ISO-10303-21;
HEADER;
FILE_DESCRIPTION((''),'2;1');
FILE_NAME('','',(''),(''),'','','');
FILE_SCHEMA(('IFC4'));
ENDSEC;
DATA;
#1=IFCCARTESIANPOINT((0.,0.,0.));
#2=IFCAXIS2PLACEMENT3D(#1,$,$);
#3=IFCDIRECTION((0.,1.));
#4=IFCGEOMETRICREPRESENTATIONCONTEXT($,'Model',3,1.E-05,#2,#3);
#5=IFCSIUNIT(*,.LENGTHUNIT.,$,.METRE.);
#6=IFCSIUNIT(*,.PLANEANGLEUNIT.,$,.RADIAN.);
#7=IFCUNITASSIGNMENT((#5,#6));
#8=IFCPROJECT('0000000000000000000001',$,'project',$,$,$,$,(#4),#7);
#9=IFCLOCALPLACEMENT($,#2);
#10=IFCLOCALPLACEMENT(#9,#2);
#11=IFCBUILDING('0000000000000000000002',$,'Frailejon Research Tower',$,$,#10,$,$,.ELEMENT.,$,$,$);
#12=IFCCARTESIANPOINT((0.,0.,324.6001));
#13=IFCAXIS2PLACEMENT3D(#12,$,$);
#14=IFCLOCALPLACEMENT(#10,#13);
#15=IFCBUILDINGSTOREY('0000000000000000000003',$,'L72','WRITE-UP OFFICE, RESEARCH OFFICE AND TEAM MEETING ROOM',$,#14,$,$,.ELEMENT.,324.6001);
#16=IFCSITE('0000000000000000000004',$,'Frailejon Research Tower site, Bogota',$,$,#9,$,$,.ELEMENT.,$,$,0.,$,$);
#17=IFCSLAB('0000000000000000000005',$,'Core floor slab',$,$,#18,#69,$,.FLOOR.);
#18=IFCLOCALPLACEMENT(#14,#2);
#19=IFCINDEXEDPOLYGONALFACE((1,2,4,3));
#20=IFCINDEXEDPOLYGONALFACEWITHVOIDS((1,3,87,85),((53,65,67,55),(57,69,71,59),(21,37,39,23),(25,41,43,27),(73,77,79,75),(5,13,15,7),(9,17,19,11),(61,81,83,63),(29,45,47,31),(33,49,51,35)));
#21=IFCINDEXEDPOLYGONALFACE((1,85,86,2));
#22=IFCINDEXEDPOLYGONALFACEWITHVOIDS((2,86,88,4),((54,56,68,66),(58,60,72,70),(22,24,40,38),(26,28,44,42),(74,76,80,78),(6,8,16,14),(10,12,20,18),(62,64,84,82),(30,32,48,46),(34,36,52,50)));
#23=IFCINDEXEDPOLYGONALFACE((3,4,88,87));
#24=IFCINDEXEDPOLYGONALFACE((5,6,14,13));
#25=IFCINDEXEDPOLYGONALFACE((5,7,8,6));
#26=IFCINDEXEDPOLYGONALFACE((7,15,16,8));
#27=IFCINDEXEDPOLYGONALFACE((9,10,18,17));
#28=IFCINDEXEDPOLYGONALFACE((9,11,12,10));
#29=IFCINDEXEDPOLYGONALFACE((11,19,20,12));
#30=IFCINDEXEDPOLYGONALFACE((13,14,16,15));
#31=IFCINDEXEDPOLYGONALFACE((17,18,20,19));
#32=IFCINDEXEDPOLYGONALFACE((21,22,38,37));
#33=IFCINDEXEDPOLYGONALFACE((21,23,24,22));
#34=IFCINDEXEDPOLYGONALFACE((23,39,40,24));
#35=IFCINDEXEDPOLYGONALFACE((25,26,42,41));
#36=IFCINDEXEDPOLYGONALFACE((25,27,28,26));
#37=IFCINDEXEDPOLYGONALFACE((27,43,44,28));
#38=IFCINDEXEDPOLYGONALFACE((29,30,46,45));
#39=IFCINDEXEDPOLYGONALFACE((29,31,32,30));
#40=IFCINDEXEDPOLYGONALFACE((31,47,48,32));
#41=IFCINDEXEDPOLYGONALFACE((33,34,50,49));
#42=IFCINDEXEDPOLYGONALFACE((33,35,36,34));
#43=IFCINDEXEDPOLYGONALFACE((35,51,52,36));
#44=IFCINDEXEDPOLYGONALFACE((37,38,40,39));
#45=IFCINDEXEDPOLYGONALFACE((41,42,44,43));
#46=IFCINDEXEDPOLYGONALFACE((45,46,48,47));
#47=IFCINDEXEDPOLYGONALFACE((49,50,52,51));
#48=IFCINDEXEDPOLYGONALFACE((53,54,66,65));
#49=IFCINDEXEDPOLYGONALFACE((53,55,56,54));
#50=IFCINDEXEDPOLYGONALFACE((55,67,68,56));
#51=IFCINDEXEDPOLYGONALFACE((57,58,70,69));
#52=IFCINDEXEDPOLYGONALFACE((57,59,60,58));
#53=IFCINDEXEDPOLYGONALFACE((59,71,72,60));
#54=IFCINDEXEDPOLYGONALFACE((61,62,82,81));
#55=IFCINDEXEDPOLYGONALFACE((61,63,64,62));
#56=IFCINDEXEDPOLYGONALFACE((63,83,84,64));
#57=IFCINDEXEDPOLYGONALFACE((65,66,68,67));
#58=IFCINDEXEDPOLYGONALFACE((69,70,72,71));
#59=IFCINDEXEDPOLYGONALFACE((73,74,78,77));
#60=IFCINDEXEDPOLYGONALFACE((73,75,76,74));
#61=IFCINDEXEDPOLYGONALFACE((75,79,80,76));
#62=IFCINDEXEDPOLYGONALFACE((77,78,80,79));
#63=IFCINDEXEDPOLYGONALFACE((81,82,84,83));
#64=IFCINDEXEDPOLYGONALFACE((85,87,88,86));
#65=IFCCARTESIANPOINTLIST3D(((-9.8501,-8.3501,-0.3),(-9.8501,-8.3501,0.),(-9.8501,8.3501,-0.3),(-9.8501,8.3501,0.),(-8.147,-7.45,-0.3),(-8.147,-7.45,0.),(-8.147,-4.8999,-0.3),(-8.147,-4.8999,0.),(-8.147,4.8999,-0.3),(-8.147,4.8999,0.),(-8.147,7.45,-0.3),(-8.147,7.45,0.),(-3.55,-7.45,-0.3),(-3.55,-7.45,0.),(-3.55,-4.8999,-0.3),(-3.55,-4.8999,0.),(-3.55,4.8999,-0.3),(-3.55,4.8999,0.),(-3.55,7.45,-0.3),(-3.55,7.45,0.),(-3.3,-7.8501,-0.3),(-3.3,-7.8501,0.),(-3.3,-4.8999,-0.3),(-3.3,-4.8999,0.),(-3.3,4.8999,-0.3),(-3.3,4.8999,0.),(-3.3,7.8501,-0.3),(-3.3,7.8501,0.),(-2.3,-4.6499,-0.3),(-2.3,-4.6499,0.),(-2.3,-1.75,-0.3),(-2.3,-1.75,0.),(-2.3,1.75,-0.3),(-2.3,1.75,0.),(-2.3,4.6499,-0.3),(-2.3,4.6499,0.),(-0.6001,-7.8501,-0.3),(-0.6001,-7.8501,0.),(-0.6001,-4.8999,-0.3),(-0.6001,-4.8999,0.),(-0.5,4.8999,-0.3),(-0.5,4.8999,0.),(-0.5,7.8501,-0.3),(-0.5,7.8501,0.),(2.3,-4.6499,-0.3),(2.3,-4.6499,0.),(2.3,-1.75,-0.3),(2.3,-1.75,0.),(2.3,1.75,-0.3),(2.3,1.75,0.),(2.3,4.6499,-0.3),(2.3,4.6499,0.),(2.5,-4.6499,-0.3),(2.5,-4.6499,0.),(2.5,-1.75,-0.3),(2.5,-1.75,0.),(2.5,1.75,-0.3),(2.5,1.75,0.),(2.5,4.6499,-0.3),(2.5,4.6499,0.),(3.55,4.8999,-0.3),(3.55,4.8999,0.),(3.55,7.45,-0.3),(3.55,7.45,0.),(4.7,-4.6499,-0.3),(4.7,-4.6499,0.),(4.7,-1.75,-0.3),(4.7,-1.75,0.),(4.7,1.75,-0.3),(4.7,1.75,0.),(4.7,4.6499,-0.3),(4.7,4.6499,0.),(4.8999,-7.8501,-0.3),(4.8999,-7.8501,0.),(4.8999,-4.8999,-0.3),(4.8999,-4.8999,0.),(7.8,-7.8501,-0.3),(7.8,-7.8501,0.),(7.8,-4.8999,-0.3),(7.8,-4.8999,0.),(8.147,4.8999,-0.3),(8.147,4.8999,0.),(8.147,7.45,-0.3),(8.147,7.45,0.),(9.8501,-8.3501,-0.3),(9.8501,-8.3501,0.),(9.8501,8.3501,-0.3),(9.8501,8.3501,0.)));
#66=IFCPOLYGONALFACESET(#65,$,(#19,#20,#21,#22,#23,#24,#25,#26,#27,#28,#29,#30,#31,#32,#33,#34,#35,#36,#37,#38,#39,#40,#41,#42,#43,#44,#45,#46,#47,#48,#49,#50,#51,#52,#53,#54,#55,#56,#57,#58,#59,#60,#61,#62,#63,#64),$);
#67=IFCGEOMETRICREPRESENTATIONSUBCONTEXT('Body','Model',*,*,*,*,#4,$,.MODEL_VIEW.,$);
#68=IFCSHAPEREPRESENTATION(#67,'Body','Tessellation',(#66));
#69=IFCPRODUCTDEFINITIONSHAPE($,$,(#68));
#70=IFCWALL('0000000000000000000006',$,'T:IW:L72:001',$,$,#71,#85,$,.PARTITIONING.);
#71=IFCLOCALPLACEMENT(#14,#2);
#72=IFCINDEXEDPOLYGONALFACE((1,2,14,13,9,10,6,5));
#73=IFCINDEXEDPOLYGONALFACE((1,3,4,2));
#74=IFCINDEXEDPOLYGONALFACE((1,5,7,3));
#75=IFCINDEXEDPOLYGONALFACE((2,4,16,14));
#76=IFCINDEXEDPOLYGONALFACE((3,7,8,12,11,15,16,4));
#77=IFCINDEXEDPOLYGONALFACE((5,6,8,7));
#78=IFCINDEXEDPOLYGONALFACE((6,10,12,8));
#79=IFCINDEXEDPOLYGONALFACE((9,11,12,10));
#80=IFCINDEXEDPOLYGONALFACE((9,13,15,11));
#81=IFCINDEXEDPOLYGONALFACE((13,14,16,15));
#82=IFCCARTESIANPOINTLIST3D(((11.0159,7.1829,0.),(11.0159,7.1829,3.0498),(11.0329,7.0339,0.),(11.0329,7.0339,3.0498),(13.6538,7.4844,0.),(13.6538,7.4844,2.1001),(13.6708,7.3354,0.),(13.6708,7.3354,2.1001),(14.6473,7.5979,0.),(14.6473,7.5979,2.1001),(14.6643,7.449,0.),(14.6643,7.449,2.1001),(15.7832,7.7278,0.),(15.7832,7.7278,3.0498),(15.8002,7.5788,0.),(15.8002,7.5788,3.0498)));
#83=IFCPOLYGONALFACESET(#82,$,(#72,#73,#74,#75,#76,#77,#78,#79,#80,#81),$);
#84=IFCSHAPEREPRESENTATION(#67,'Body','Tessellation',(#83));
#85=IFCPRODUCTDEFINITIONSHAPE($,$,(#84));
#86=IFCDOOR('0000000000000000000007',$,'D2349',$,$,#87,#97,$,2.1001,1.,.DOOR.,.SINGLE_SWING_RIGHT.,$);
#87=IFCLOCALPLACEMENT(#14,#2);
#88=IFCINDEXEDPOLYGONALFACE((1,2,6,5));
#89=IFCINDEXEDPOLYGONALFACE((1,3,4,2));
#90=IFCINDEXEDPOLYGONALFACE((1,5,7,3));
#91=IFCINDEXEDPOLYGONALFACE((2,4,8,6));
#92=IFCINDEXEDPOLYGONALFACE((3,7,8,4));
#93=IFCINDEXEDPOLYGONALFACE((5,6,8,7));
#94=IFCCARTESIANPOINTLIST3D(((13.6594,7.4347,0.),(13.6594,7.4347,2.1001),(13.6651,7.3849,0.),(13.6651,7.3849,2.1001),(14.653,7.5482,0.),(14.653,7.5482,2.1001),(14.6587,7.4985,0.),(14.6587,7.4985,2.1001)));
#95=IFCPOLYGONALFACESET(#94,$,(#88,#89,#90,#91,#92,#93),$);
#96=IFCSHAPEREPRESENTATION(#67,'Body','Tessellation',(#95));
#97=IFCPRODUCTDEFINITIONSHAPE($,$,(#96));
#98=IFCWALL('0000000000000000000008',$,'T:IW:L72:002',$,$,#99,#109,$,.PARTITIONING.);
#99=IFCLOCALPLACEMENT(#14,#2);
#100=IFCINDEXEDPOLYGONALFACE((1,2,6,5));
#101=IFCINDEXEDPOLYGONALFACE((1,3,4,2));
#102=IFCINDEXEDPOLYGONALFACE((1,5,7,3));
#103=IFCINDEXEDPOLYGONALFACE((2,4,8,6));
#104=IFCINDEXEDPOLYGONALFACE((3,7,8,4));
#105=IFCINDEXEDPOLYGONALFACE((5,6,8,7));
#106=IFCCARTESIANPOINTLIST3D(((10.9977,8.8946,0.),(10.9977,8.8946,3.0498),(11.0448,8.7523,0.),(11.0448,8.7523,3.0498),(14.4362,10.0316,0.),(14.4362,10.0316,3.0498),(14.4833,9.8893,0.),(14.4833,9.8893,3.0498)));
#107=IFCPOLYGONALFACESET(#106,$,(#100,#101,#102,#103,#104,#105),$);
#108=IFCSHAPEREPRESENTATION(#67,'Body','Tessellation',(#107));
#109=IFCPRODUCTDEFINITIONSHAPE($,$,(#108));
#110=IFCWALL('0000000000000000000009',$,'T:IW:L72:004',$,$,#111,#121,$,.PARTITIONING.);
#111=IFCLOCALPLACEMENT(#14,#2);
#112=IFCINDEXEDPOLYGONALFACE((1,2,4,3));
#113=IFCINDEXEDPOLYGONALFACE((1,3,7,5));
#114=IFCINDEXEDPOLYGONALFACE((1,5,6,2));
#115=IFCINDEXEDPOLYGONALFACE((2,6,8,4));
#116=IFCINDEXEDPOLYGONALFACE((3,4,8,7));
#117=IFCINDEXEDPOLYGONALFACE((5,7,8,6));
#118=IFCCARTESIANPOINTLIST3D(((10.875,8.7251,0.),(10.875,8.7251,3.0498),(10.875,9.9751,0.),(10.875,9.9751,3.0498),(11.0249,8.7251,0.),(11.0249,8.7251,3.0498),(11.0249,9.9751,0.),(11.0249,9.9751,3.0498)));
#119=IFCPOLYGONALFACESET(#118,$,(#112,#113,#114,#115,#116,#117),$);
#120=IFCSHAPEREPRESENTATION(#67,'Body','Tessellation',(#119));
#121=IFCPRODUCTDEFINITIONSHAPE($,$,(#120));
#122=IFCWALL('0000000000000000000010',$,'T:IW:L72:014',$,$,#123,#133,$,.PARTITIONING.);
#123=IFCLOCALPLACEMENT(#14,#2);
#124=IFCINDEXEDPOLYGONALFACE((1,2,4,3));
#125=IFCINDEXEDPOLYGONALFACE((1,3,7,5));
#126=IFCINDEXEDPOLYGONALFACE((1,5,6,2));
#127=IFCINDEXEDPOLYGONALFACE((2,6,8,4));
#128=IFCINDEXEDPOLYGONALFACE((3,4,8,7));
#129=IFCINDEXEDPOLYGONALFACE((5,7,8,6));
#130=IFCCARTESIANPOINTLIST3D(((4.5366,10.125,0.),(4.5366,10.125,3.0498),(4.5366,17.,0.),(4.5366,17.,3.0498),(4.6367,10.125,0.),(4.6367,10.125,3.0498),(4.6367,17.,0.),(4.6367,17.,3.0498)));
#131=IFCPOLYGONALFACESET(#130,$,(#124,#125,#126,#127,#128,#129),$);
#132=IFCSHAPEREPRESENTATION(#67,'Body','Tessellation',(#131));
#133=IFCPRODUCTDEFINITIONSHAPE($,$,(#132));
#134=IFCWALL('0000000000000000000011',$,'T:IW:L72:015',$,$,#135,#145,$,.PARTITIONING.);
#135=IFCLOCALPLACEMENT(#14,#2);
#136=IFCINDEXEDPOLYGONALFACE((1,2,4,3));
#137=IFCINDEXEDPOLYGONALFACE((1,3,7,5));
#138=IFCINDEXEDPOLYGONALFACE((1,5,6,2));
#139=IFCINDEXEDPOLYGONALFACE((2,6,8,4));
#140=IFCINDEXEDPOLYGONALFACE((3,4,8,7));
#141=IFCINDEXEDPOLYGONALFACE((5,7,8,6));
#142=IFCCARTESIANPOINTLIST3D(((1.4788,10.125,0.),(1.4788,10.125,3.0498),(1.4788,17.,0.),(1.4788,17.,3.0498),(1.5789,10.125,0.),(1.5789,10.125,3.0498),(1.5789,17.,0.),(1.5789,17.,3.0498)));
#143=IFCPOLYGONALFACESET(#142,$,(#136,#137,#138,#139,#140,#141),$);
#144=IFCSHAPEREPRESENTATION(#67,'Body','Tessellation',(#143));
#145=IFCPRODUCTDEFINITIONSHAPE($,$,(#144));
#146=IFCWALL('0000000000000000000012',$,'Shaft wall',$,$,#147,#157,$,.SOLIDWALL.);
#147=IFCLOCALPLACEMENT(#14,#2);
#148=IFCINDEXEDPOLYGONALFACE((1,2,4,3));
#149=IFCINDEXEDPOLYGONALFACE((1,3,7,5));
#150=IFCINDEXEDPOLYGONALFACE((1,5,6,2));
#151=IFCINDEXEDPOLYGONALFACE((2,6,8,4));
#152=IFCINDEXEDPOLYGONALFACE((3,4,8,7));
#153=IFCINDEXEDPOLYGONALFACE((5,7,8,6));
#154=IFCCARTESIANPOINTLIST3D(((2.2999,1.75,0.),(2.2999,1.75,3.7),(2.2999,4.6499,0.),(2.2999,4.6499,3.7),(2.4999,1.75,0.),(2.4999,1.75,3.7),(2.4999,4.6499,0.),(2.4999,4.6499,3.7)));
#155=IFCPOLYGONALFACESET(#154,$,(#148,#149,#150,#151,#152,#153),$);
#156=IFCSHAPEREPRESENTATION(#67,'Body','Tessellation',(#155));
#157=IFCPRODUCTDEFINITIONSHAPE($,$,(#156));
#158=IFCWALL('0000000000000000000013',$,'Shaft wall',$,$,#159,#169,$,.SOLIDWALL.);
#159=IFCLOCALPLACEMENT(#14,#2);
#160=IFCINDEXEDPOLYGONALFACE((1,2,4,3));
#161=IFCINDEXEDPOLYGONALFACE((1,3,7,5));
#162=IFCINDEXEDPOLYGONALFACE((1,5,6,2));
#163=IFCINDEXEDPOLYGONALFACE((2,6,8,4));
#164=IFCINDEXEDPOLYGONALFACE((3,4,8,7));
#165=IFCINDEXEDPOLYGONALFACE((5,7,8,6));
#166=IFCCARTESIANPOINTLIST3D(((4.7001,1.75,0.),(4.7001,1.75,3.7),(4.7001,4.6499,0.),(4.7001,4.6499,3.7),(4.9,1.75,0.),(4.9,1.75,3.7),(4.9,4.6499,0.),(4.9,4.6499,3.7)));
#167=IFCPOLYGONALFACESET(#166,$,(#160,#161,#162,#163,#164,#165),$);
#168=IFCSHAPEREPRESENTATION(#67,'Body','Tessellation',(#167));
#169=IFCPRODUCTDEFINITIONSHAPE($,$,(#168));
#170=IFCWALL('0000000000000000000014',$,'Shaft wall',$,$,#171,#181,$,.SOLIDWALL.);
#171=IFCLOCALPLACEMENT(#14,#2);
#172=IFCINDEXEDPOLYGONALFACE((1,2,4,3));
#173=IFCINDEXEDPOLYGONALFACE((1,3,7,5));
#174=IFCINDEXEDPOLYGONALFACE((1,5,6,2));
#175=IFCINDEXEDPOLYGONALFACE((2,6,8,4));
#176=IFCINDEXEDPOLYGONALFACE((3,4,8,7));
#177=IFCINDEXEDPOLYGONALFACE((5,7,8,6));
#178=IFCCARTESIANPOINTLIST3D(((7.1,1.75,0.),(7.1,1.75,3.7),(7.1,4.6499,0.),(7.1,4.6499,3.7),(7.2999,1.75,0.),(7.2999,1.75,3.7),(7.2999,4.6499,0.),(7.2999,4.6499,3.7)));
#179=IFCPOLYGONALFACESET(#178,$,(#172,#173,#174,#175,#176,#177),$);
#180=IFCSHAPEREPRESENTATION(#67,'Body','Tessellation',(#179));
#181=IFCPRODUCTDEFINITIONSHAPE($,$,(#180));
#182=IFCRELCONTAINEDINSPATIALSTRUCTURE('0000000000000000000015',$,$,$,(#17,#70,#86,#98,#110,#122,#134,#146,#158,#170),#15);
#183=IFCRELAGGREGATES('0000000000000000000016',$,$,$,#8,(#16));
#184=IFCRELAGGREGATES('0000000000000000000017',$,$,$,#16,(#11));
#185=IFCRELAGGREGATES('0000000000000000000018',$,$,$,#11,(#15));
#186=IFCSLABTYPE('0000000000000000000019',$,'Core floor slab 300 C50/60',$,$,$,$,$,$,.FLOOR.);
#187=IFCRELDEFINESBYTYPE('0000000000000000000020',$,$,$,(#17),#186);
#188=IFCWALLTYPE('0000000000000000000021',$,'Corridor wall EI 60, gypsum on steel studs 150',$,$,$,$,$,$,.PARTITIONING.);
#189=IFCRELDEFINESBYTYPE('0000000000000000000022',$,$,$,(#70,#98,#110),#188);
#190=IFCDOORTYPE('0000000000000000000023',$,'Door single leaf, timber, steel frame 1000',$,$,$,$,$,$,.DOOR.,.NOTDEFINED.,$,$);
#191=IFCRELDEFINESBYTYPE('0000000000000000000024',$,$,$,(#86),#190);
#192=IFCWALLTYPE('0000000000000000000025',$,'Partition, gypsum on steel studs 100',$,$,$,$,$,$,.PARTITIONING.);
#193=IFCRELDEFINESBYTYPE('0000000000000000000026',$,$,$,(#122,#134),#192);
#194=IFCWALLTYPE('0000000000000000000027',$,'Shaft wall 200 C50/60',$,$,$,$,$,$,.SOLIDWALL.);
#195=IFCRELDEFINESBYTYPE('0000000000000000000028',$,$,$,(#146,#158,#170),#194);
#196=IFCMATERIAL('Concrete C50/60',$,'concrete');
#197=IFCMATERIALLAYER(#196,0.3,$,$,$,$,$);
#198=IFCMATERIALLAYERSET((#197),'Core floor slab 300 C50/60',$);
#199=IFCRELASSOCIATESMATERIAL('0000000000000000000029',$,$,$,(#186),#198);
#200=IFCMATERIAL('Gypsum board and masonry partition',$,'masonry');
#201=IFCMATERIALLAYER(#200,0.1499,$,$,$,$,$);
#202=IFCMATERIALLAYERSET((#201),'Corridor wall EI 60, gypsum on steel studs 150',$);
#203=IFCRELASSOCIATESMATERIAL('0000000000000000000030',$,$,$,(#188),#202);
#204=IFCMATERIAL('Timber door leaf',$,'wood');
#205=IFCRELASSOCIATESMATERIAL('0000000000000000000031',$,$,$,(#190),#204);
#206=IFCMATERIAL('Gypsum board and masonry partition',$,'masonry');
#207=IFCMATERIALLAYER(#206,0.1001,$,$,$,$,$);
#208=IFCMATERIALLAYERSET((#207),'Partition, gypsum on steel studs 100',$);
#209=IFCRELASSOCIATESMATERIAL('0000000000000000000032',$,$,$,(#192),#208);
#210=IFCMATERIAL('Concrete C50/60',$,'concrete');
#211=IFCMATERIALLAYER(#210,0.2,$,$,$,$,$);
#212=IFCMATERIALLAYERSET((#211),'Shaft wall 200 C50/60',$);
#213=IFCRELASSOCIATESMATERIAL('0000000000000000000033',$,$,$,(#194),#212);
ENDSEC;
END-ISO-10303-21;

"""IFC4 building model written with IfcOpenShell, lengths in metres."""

from ifc_helpers import new_model, si_unit, direction, frame, frame_2d, origin, place, context, subcontext, project, spatial, polyline, rectangle, outline, extrude, material, layer, layer_set, type_object, element, fill, save


model = new_model("IFC4")

# Units and contexts
model_context = context("Model", 3, precision=1e-05, world=origin(), true_north=direction((0.0, 1.0)))
body_context = subcontext(model_context, "Body", "Model", "MODEL_VIEW")
ifc_project = project(units=[si_unit("LENGTHUNIT", "METRE"), si_unit("PLANEANGLEUNIT", "RADIAN")], contexts=[model_context])

# Site, building, storey
site_placement = place(None, origin())
site = spatial("IfcSite", under=ifc_project, at=site_placement, Name="Frailejon Research Tower site, Bogota", CompositionType="ELEMENT", RefElevation=0.0)
building_placement = place(site_placement, origin())
building = spatial("IfcBuilding", under=site, at=building_placement, Name="Frailejon Research Tower", CompositionType="ELEMENT")
storey_placement = place(building_placement, frame((0.0, 0.0, 324.6001)))
storey = spatial("IfcBuildingStorey", under=building, at=storey_placement, Name="L72", Description="WRITE-UP OFFICE, RESEARCH OFFICE AND TEAM MEETING ROOM", CompositionType="ELEMENT", Elevation=324.6001)

# Slab
ifc_material_1 = material(Name="Concrete C50/60", Category="concrete")
ifc_layer_1 = layer(ifc_material_1, 0.3)
ifc_layer_set_1 = layer_set([ifc_layer_1], Name="Core floor slab 300 C50/60")
slab_type = type_object("IfcSlabType", Name="Core floor slab 300 C50/60", PredefinedType="FLOOR", material=ifc_layer_set_1)
slab_placement = place(storey_placement, frame((0.0, 0.0, -0.3)))
element("IfcSlab", 1, at=slab_placement, inside=storey, type_object=slab_type, Name="Core floor slab", PredefinedType="FLOOR", context=body_context, shape_type="SweptSolid", body=[
    extrude(outline(polyline([(9.8501, -8.3501), (9.8501, 8.3501), (-9.8501, 8.3501), (-9.8501, -8.3501), (9.8501, -8.3501)]), holes=[polyline([(2.3, 1.75), (2.3, 4.6499), (-2.3, 4.6499), (-2.3, 1.75), (2.3, 1.75)]), polyline([(4.7, 1.75), (4.7, 4.6499), (2.5, 4.6499), (2.5, 1.75), (4.7, 1.75)]), polyline([(2.3, -4.6499), (2.3, -1.75), (-2.3, -1.75), (-2.3, -4.6499), (2.3, -4.6499)]), polyline([(4.7, -4.6499), (4.7, -1.75), (2.5, -1.75), (2.5, -4.6499), (4.7, -4.6499)]), polyline([(-8.147, 4.8999), (-3.55, 4.8999), (-3.55, 7.45), (-8.147, 7.45), (-8.147, 4.8999)]), polyline([(-8.147, -7.45), (-3.55, -7.45), (-3.55, -4.8999), (-8.147, -4.8999), (-8.147, -7.45)]), polyline([(8.147, 7.45), (3.55, 7.45), (3.55, 4.8999), (8.147, 4.8999), (8.147, 7.45)]), polyline([(-0.6001, -7.8501), (-0.6001, -4.8999), (-3.3, -4.8999), (-3.3, -7.8501), (-0.6001, -7.8501)]), polyline([(7.8, -7.8501), (7.8, -4.8999), (4.8999, -4.8999), (4.8999, -7.8501), (7.8, -7.8501)]), polyline([(-0.5, 4.8999), (-0.5, 7.8501), (-3.3, 7.8501), (-3.3, 4.8999), (-0.5, 4.8999)])]), origin(), (0.0, 0.0, 1.0), 0.3),
])

# Wall, opening, door
ifc_material_2 = material(Name="Gypsum board and masonry partition", Category="masonry")
ifc_layer_2 = layer(ifc_material_2, 0.1499)
ifc_layer_set_2 = layer_set([ifc_layer_2], Name="Corridor wall EI 60, gypsum on steel studs 150")
wall_type_1 = type_object("IfcWallType", Name="Corridor wall EI 60, gypsum on steel studs 150", PredefinedType="PARTITIONING", material=ifc_layer_set_2)
wall_1_placement = place(storey_placement, frame((11.0244, 7.1084, 0.0), z_axis=(0.0, 0.0, 1.0), x_axis=(0.993531, 0.113564, 0.0)))
wall_1 = element("IfcWall", 2, at=wall_1_placement, inside=storey, type_object=wall_type_1, Name="T:IW:L72:001", PredefinedType="PARTITIONING", context=body_context, shape_type="SweptSolid", body=[
    extrude(rectangle(XDim=4.7983, YDim=0.1499, at=frame_2d((2.3992, 0.0))), origin(), (0.0, 0.0, 1.0), 3.0498),
])
opening_1_placement = place(wall_1_placement, frame((2.655, 0.0, 0.0)))
opening_1 = element("IfcOpeningElement", 3, at=opening_1_placement, cuts=wall_1, PredefinedType="OPENING", context=body_context, shape_type="SweptSolid", body=[
    extrude(rectangle(XDim=1.0, YDim=2.1001, at=frame_2d((0.5, 1.05))), frame((0.0, 0.085, 0.0), z_axis=(0.0, -1.0, 0.0), x_axis=(1.0, 0.0, 0.0)), (0.0, 0.0, 1.0), 0.1699),
])
ifc_material_3 = material(Name="Timber door leaf", Category="wood")
door_type_1 = type_object("IfcDoorType", Name="Door single leaf, timber, steel frame 1000", OperationType="NOTDEFINED", PredefinedType="DOOR", material=ifc_material_3)
door_1_placement = place(opening_1_placement, origin())
door_1 = element("IfcDoor", 4, at=door_1_placement, inside=storey, type_object=door_type_1, Name="D2349", OperationType="SINGLE_SWING_RIGHT", OverallHeight=2.1001, OverallWidth=1.0, PredefinedType="DOOR", context=body_context, shape_type="SweptSolid", body=[
    extrude(rectangle(XDim=1.0, YDim=2.1001, at=frame_2d((0.5, 1.05))), frame((0.0, 0.0249, 0.0), z_axis=(0.0, -1.0, 0.0), x_axis=(1.0, 0.0, 0.0)), (0.0, 0.0, 1.0), 0.05),
])
fill(opening_1, door_1)

# Walls
wall_2_placement = place(storey_placement, frame((11.0212, 8.8235, 0.0), z_axis=(0.0, 0.0, 1.0), x_axis=(0.949442, 0.313942, 0.0)))
element("IfcWall", 5, at=wall_2_placement, inside=storey, type_object=wall_type_1, Name="T:IW:L72:002", PredefinedType="PARTITIONING", context=body_context, shape_type="SweptSolid", body=[
    extrude(rectangle(XDim=3.6216, YDim=0.1499, at=frame_2d((1.8108, 0.0))), origin(), (0.0, 0.0, 1.0), 3.0498),
])
wall_3_placement = place(storey_placement, frame((10.95, 8.7251, 0.0), z_axis=(0.0, 0.0, 1.0), x_axis=(0.0, 1.0, 0.0)))
element("IfcWall", 6, at=wall_3_placement, inside=storey, type_object=wall_type_1, Name="T:IW:L72:004", PredefinedType="PARTITIONING", context=body_context, shape_type="SweptSolid", body=[
    extrude(rectangle(XDim=1.25, YDim=0.1499, at=frame_2d((0.625, 0.0))), origin(), (0.0, 0.0, 1.0), 3.0498),
])
ifc_material_4 = material(Name="Gypsum board and masonry partition", Category="masonry")
ifc_layer_3 = layer(ifc_material_4, 0.1001)
ifc_layer_set_3 = layer_set([ifc_layer_3], Name="Partition, gypsum on steel studs 100")
wall_type_2 = type_object("IfcWallType", Name="Partition, gypsum on steel studs 100", PredefinedType="PARTITIONING", material=ifc_layer_set_3)
for number, where, z_axis, x_axis, name in (
    (7, (4.5867, 10.125, 0.0), (0.0, 0.0, 1.0), (0.0, 1.0, 0.0), "T:IW:L72:014"),
    (8, (1.5288, 10.125, 0.0), (0.0, 0.0, 1.0), (0.0, 1.0, 0.0), "T:IW:L72:015"),
):
    element("IfcWall", number, at=place(storey_placement, frame(where, z_axis=z_axis, x_axis=x_axis)), inside=storey, type_object=wall_type_2, Name=name, PredefinedType="PARTITIONING", context=body_context, shape_type="SweptSolid", body=[
        extrude(rectangle(XDim=6.875, YDim=0.1001, at=frame_2d((3.4375, 0.0))), origin(), (0.0, 0.0, 1.0), 3.0498),
    ])
ifc_material_5 = material(Name="Concrete C50/60", Category="concrete")
ifc_layer_4 = layer(ifc_material_5, 0.2)
ifc_layer_set_4 = layer_set([ifc_layer_4], Name="Shaft wall 200 C50/60")
wall_type_3 = type_object("IfcWallType", Name="Shaft wall 200 C50/60", PredefinedType="SOLIDWALL", material=ifc_layer_set_4)
for number, where, z_axis, x_axis, name in (
    (9, (2.3999, 1.75, 0.0), (0.0, 0.0, 1.0), (0.0, 1.0, 0.0), "Shaft wall"),
    (10, (4.8, 1.75, 0.0), (0.0, 0.0, 1.0), (0.0, 1.0, 0.0), "Shaft wall"),
    (11, (7.2, 1.75, 0.0), (0.0, 0.0, 1.0), (0.0, 1.0, 0.0), "Shaft wall"),
):
    element("IfcWall", number, at=place(storey_placement, frame(where, z_axis=z_axis, x_axis=x_axis)), inside=storey, type_object=wall_type_3, Name=name, PredefinedType="SOLIDWALL", context=body_context, shape_type="SweptSolid", body=[
        extrude(rectangle(XDim=2.8999, YDim=0.2, at=frame_2d((1.45, 0.0))), origin(), (0.0, 0.0, 1.0), 3.7),
    ])

save(model, "model.ifc")
